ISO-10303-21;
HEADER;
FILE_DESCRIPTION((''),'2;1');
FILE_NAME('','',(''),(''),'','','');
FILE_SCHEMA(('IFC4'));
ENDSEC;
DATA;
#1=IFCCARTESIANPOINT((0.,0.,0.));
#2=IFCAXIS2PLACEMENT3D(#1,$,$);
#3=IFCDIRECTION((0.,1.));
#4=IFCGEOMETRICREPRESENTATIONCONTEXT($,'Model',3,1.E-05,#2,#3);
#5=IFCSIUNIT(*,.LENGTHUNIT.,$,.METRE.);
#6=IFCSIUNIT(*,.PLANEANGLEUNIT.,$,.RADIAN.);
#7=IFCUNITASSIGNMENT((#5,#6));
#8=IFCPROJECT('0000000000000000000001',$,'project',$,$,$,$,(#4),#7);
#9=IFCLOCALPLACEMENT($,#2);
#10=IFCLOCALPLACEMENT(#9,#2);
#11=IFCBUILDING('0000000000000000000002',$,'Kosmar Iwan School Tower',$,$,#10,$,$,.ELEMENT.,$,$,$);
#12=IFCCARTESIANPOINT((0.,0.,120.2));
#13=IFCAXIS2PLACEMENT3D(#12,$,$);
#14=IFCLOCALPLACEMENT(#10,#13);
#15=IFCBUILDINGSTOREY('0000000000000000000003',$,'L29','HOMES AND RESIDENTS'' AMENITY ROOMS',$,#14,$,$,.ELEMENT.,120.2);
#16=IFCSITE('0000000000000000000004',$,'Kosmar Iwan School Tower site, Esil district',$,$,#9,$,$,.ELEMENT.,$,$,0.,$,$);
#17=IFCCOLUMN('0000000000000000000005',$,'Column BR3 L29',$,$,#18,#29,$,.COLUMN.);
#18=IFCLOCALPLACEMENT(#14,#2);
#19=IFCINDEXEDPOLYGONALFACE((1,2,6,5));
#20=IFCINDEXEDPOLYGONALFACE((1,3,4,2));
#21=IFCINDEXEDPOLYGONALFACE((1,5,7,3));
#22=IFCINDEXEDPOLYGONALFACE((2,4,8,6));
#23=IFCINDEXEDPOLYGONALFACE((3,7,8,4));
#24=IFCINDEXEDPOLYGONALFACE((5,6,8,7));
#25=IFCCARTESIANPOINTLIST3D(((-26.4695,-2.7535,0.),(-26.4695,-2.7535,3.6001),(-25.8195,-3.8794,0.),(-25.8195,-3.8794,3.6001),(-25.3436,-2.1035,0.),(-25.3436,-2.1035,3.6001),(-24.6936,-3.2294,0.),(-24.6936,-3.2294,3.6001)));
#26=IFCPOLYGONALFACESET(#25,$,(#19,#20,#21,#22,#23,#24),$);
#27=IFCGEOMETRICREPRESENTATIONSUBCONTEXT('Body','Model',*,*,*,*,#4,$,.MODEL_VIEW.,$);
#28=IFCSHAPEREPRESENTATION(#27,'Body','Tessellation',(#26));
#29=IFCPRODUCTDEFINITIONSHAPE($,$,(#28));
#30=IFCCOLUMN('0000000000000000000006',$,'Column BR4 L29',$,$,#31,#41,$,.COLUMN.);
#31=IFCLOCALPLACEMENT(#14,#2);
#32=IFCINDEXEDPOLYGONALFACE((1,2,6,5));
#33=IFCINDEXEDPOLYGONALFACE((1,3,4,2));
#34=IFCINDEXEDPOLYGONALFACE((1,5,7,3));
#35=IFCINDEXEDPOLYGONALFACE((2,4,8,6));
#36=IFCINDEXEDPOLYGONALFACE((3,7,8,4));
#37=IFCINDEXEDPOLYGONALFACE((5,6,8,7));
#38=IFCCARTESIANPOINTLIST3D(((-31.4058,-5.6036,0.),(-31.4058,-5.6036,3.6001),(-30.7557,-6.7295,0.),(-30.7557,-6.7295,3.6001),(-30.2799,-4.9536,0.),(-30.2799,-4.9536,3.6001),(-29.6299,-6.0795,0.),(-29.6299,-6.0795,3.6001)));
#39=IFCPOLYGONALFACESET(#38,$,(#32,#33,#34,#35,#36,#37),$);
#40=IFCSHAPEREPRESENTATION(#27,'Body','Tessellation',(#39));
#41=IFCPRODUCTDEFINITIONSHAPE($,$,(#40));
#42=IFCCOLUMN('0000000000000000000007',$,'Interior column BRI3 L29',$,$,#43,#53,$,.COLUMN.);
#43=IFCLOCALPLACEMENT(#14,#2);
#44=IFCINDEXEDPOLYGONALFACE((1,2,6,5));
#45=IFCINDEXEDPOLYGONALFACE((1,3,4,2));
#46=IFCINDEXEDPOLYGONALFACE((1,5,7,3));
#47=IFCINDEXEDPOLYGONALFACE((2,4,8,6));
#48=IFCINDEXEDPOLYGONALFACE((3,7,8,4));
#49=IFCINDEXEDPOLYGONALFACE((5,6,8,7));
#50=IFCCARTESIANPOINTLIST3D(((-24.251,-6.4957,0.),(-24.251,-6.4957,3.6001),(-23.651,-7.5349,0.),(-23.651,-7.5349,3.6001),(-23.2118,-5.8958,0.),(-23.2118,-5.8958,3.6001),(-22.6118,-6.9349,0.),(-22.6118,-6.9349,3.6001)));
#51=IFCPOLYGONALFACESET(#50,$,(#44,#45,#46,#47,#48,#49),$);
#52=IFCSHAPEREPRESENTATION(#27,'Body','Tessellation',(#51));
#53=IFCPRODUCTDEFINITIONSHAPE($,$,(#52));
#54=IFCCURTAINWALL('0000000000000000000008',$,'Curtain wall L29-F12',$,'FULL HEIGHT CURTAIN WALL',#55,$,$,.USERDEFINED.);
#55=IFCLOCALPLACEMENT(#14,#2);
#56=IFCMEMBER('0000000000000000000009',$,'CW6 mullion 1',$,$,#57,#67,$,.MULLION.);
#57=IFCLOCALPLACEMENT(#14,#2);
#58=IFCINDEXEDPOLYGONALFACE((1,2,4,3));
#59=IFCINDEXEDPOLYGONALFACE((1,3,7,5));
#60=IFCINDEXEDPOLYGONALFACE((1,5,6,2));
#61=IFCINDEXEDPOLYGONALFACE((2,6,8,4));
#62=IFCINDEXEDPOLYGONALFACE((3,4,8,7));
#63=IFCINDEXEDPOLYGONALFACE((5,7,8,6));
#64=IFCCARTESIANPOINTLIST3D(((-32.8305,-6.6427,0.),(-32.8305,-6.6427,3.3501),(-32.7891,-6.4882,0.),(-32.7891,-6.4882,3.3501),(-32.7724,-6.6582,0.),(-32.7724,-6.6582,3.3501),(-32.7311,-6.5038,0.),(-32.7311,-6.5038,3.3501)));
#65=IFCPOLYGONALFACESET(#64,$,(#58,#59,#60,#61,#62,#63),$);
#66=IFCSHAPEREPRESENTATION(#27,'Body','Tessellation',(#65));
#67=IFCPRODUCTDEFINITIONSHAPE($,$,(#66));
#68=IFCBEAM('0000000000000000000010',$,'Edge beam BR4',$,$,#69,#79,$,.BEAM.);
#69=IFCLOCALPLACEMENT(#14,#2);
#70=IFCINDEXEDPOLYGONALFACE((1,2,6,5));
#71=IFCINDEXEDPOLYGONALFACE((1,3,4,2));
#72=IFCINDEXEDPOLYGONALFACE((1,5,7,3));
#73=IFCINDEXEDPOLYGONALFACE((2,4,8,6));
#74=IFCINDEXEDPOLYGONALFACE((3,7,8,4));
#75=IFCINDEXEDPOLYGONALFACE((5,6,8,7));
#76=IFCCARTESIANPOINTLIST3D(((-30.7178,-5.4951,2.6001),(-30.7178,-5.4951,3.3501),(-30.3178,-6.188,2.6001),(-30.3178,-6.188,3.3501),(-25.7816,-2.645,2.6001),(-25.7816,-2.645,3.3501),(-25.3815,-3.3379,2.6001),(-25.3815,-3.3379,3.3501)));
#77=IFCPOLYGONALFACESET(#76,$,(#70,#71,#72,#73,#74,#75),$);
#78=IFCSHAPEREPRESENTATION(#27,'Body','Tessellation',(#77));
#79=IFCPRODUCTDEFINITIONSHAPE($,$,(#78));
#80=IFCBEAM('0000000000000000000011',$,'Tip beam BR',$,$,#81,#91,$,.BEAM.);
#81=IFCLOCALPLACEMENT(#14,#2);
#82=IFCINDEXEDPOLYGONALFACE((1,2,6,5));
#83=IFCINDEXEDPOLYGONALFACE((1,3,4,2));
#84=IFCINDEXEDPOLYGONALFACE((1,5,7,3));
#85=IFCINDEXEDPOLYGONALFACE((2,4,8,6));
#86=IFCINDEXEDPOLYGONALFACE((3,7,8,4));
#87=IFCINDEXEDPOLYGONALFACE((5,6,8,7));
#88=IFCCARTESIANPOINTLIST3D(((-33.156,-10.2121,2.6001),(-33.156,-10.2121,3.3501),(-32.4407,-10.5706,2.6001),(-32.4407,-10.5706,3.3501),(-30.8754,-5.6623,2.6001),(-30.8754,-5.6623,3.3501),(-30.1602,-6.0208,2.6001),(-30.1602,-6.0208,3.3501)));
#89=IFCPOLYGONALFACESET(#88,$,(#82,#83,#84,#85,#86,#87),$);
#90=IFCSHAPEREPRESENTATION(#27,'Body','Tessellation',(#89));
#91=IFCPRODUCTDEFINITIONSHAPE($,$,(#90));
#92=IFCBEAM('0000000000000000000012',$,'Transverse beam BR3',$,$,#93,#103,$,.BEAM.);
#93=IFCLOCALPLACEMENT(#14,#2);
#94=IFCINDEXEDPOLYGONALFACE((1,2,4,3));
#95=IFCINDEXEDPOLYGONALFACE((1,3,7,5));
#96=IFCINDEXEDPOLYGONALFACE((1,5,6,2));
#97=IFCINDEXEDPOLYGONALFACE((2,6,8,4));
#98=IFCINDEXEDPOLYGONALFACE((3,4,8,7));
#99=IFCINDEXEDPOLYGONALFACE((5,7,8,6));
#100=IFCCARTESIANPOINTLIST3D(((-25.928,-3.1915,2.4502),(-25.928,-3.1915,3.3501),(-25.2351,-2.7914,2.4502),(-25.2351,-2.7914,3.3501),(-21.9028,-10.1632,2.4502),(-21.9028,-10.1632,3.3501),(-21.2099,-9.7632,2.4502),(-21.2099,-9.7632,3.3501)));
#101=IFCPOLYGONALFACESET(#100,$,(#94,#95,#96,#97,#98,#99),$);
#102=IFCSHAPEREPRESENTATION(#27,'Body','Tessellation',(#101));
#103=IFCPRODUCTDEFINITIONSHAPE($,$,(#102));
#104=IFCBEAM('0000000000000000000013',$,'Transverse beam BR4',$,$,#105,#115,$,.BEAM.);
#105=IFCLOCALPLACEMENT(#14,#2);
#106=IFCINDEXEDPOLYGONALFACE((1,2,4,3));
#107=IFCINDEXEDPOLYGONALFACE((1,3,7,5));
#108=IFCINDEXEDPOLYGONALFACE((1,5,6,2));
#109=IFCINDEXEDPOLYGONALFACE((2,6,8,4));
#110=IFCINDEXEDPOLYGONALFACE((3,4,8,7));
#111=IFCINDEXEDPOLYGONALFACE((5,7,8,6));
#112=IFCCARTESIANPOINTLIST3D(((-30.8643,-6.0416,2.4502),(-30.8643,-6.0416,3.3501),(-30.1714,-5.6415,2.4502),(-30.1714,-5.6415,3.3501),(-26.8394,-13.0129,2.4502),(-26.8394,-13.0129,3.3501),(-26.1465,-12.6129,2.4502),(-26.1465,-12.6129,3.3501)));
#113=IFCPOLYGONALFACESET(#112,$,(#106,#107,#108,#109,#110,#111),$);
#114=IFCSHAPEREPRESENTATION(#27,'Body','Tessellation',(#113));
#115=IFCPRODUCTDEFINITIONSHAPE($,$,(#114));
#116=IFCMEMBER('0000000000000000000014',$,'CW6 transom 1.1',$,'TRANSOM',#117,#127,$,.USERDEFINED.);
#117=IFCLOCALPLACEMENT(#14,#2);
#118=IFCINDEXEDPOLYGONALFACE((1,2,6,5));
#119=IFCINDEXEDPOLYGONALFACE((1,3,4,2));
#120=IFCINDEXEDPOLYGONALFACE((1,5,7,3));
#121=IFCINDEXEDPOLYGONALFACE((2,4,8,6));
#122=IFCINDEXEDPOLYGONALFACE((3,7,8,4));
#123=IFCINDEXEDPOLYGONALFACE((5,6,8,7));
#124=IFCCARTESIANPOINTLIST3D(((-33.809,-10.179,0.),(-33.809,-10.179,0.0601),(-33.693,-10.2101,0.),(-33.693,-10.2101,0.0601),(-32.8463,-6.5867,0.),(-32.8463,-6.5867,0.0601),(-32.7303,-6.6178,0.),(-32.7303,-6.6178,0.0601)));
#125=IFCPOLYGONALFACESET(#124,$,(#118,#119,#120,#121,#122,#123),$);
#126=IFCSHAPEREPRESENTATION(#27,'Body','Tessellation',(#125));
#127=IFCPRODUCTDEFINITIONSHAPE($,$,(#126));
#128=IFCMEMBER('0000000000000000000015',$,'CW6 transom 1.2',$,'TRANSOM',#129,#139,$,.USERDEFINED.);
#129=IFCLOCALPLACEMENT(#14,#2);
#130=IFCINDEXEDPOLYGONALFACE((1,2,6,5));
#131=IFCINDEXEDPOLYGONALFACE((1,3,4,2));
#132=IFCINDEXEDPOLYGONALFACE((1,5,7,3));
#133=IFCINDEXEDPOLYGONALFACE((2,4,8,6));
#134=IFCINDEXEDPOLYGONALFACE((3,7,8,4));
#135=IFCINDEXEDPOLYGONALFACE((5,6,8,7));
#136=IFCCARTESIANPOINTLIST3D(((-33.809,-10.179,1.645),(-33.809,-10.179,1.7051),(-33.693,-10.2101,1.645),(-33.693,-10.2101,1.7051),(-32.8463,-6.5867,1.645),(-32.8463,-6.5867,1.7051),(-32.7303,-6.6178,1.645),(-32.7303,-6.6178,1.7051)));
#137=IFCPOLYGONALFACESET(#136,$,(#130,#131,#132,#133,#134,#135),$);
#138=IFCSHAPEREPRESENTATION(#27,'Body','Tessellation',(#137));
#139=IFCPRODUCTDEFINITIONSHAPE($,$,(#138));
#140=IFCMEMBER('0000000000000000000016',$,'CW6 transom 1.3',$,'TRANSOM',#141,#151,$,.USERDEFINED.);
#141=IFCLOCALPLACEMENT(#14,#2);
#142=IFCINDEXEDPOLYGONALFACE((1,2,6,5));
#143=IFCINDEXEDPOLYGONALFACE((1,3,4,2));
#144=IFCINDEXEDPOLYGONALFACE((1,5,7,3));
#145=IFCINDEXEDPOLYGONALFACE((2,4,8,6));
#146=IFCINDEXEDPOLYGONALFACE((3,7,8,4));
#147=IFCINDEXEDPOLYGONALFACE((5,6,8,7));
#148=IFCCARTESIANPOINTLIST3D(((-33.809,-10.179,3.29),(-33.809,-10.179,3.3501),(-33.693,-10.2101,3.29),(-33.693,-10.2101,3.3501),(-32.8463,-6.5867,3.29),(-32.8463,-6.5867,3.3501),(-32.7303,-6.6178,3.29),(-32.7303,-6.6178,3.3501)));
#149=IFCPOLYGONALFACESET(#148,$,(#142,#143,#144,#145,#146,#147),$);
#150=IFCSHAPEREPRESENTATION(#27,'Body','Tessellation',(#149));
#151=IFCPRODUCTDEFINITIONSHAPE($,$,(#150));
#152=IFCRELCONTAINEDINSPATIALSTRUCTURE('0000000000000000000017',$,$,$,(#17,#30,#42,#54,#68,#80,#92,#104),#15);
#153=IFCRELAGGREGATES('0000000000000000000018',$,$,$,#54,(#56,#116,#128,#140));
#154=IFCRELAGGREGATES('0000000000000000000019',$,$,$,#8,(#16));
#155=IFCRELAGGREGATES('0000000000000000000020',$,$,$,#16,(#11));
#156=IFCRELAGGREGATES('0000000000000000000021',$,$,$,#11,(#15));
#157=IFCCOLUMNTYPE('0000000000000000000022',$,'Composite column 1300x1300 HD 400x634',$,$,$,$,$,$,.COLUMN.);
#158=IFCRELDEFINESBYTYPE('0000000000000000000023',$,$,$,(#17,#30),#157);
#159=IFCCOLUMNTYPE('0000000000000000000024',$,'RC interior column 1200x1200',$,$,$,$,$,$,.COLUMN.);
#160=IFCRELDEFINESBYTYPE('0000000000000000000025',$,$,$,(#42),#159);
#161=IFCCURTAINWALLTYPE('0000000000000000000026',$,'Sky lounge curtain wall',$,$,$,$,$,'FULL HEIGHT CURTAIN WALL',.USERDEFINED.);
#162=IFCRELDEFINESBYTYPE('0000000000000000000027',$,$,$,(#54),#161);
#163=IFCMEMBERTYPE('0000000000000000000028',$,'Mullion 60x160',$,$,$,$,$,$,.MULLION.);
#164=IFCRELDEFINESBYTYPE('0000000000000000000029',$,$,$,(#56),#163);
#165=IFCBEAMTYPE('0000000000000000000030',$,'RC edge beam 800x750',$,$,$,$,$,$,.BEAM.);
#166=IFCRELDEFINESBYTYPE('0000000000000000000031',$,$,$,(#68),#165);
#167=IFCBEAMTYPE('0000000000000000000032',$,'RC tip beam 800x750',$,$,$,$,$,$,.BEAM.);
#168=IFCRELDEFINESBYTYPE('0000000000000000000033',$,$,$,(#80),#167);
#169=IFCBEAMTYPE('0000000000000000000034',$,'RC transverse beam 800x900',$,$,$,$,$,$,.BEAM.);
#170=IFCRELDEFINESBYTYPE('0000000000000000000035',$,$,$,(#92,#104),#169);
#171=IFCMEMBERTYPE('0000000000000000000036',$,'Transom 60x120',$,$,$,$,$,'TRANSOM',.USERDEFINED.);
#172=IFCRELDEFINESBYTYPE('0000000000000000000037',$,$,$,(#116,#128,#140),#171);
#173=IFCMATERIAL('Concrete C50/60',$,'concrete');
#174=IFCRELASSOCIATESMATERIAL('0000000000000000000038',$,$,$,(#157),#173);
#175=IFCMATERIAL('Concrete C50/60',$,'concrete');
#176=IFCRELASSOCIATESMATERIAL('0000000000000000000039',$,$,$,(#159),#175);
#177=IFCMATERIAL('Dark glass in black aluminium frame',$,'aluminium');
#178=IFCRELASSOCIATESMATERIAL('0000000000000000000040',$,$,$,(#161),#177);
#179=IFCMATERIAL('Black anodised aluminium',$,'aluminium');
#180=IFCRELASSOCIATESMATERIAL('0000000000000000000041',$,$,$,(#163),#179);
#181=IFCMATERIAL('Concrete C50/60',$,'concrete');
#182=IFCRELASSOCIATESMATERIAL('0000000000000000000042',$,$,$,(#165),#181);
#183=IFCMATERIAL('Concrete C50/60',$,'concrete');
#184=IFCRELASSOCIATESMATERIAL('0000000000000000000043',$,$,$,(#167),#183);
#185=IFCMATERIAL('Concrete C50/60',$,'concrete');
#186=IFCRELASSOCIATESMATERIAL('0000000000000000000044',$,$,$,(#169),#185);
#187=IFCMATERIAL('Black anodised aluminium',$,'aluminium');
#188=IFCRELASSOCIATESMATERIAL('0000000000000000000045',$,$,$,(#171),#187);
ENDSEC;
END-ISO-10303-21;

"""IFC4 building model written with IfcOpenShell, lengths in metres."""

from ifc_helpers import new_model, si_unit, direction, frame, origin, origin_2d, place, context, subcontext, project, spatial, rectangle, extrude, material, material_profile, profile_set, type_object, element, aggregate, save


model = new_model("IFC4")

# Units and contexts
model_context = context("Model", 3, precision=1e-05, world=origin(), true_north=direction((0.0, 1.0)))
body_context = subcontext(model_context, "Body", "Model", "MODEL_VIEW")
ifc_project = project(units=[si_unit("LENGTHUNIT", "METRE"), si_unit("PLANEANGLEUNIT", "RADIAN")], contexts=[model_context])

# Site, building, storey
site_placement = place(None, origin())
site = spatial("IfcSite", under=ifc_project, at=site_placement, Name="Kosmar Iwan School Tower site, Esil district", CompositionType="ELEMENT", RefElevation=0.0)
building_placement = place(site_placement, origin())
building = spatial("IfcBuilding", under=site, at=building_placement, Name="Kosmar Iwan School Tower", CompositionType="ELEMENT")
storey_placement = place(building_placement, frame((0.0, 0.0, 120.2)))
storey = spatial("IfcBuildingStorey", under=building, at=storey_placement, Name="L29", Description="HOMES AND RESIDENTS' AMENITY ROOMS", CompositionType="ELEMENT", Elevation=120.2)

# Columns
ifc_material_1 = material(Name="Concrete C50/60", Category="concrete")
ifc_material_profile_1 = material_profile(ifc_material_1, rectangle(XDim=1.3, YDim=1.3, at=origin_2d()), Name="RC 1300x1300 + HD 400x634")
ifc_profile_set_1 = profile_set([ifc_material_profile_1], Name="Concrete C50/60")
column_type_1 = type_object("IfcColumnType", Name="Composite column 1300x1300 HD 400x634", PredefinedType="COLUMN", material=ifc_profile_set_1)
for number, where, z_axis, x_axis, name in (
    (1, (-25.5815, -2.9915, 0.0), (0.0, 0.0, 1.0), (-0.866025, -0.5, 0.0), "Column BR3 L29"),
    (2, (-30.5178, -5.8416, 0.0), (0.0, 0.0, 1.0), (-0.866025, -0.5, 0.0), "Column BR4 L29"),
):
    element("IfcColumn", number, at=place(storey_placement, frame(where, z_axis=z_axis, x_axis=x_axis)), inside=storey, type_object=column_type_1, Name=name, PredefinedType="COLUMN", context=body_context, shape_type="SweptSolid", body=[
        extrude(rectangle(XDim=1.3, YDim=1.3, at=origin_2d()), origin(), (0.0, 0.0, 1.0), 3.6001),
    ])
ifc_material_2 = material(Name="Concrete C50/60", Category="concrete")
ifc_material_profile_2 = material_profile(ifc_material_2, rectangle(XDim=1.2, YDim=1.2, at=origin_2d()), Name="RC 1200x1200")
ifc_profile_set_2 = profile_set([ifc_material_profile_2], Name="Concrete C50/60")
column_type_2 = type_object("IfcColumnType", Name="RC interior column 1200x1200", PredefinedType="COLUMN", material=ifc_profile_set_2)
column_placement = place(storey_placement, frame((-23.4314, -6.7153, 0.0), z_axis=(0.0, 0.0, 1.0), x_axis=(-0.866025, -0.5, 0.0)))
element("IfcColumn", 3, at=column_placement, inside=storey, type_object=column_type_2, Name="Interior column BRI3 L29", PredefinedType="COLUMN", context=body_context, shape_type="SweptSolid", body=[
    extrude(rectangle(XDim=1.2, YDim=1.2, at=origin_2d()), origin(), (0.0, 0.0, 1.0), 3.6001),
])

# Curtain wall, member
ifc_material_3 = material(Name="Dark glass in black aluminium frame", Category="aluminium")
curtain_wall_type = type_object("IfcCurtainWallType", Name="Sky lounge curtain wall", ElementType="FULL HEIGHT CURTAIN WALL", PredefinedType="USERDEFINED", material=ifc_material_3)
curtain_wall_placement = place(storey_placement, origin())
curtain_wall = element("IfcCurtainWall", 4, at=curtain_wall_placement, inside=storey, type_object=curtain_wall_type, Name="Curtain wall L29-F12", ObjectType="FULL HEIGHT CURTAIN WALL", PredefinedType="USERDEFINED")
ifc_material_4 = material(Name="Black anodised aluminium", Category="aluminium")
ifc_material_profile_3 = material_profile(ifc_material_4, rectangle(XDim=0.0601, YDim=0.1599, at=origin_2d()), Name="MULLION 60x160")
ifc_profile_set_3 = profile_set([ifc_material_profile_3], Name="Black anodised aluminium")
member_type_1 = type_object("IfcMemberType", Name="Mullion 60x160", PredefinedType="MULLION", material=ifc_profile_set_3)
member_1_placement = place(storey_placement, frame((-32.7808, -6.5732, 0.0), z_axis=(0.0, 0.0, 1.0), x_axis=(0.965926, -0.258819, 0.0)))
member_1 = element("IfcMember", 5, at=member_1_placement, type_object=member_type_1, Name="CW6 mullion 1", PredefinedType="MULLION", context=body_context, shape_type="SweptSolid", body=[
    extrude(rectangle(XDim=0.0601, YDim=0.1599, at=origin_2d()), origin(), (0.0, 0.0, 1.0), 3.3501),
])

# Beams
ifc_material_5 = material(Name="Concrete C50/60", Category="concrete")
ifc_material_profile_4 = material_profile(ifc_material_5, rectangle(XDim=0.8, YDim=0.75, at=origin_2d()), Name="RC 800x750")
ifc_profile_set_4 = profile_set([ifc_material_profile_4], Name="Concrete C50/60")
beam_type_1 = type_object("IfcBeamType", Name="RC edge beam 800x750", PredefinedType="BEAM", material=ifc_profile_set_4)
beam_1_placement = place(storey_placement, frame((-25.5815, -2.9915, 2.9751), z_axis=(-0.866015, -0.500018, 0.0), x_axis=(0.500018, -0.866015, 0.0)))
element("IfcBeam", 6, at=beam_1_placement, inside=storey, type_object=beam_type_1, Name="Edge beam BR4", PredefinedType="BEAM", context=body_context, shape_type="SweptSolid", body=[
    extrude(rectangle(XDim=0.8, YDim=0.75, at=origin_2d()), origin(), (0.0, 0.0, 1.0), 5.7),
])
ifc_material_6 = material(Name="Concrete C50/60", Category="concrete")
ifc_material_profile_5 = material_profile(ifc_material_6, rectangle(XDim=0.8, YDim=0.75, at=origin_2d()), Name="RC 800x750")
ifc_profile_set_5 = profile_set([ifc_material_profile_5], Name="Concrete C50/60")
beam_type_2 = type_object("IfcBeamType", Name="RC tip beam 800x750", PredefinedType="BEAM", material=ifc_profile_set_5)
beam_2_placement = place(storey_placement, frame((-30.5178, -5.8416, 2.9751), z_axis=(-0.448096, -0.893985, 0.0), x_axis=(0.893985, -0.448096, 0.0)))
element("IfcBeam", 7, at=beam_2_placement, inside=storey, type_object=beam_type_2, Name="Tip beam BR", PredefinedType="BEAM", context=body_context, shape_type="SweptSolid", body=[
    extrude(rectangle(XDim=0.8, YDim=0.75, at=origin_2d()), origin(), (0.0, 0.0, 1.0), 5.0894),
])
ifc_material_7 = material(Name="Concrete C50/60", Category="concrete")
ifc_material_profile_6 = material_profile(ifc_material_7, rectangle(XDim=0.8, YDim=0.8999, at=origin_2d()), Name="RC 800x900")
ifc_profile_set_6 = profile_set([ifc_material_profile_6], Name="Concrete C50/60")
beam_type_3 = type_object("IfcBeamType", Name="RC transverse beam 800x900", PredefinedType="BEAM", material=ifc_profile_set_6)
beam_3_placement = place(storey_placement, frame((-25.5815, -2.9915, 2.9001), z_axis=(0.500004, -0.866023, 0.0), x_axis=(0.866023, 0.500004, 0.0)))
element("IfcBeam", 8, at=beam_3_placement, inside=storey, type_object=beam_type_3, Name="Transverse beam BR3", PredefinedType="BEAM", context=body_context, shape_type="SweptSolid", body=[
    extrude(rectangle(XDim=0.8, YDim=0.8999, at=origin_2d()), origin(), (0.0, 0.0, 1.0), 8.0503),
])
beam_4_placement = place(storey_placement, frame((-30.5178, -5.8416, 2.9001), z_axis=(0.499995, -0.866029, 0.0), x_axis=(0.866029, 0.499995, 0.0)))
element("IfcBeam", 9, at=beam_4_placement, inside=storey, type_object=beam_type_3, Name="Transverse beam BR4", PredefinedType="BEAM", context=body_context, shape_type="SweptSolid", body=[
    extrude(rectangle(XDim=0.8, YDim=0.8999, at=origin_2d()), origin(), (0.0, 0.0, 1.0), 8.0498),
])

# Members
ifc_material_8 = material(Name="Black anodised aluminium", Category="aluminium")
ifc_material_profile_7 = material_profile(ifc_material_8, rectangle(XDim=0.1201, YDim=0.0601, at=origin_2d()), Name="TRANSOM 60x120")
ifc_profile_set_7 = profile_set([ifc_material_profile_7], Name="Black anodised aluminium")
member_type_2 = type_object("IfcMemberType", Name="Transom 60x120", ElementType="TRANSOM", PredefinedType="USERDEFINED", material=ifc_profile_set_7)
member_2_placement = place(storey_placement, frame((-32.7883, -6.6023, 0.03), z_axis=(-0.258843, -0.965919, 0.0), x_axis=(0.965919, -0.258843, 0.0)))
member_2 = element("IfcMember", 10, at=member_2_placement, type_object=member_type_2, Name="CW6 transom 1.1", ObjectType="TRANSOM", PredefinedType="USERDEFINED", context=body_context, shape_type="SweptSolid", body=[
    extrude(rectangle(XDim=0.1201, YDim=0.0601, at=origin_2d()), origin(), (0.0, 0.0, 1.0), 3.719),
])
member_3_placement = place(storey_placement, frame((-32.7883, -6.6023, 1.675), z_axis=(-0.258843, -0.965919, 0.0), x_axis=(0.965919, -0.258843, 0.0)))
member_3 = element("IfcMember", 11, at=member_3_placement, type_object=member_type_2, Name="CW6 transom 1.2", ObjectType="TRANSOM", PredefinedType="USERDEFINED", context=body_context, shape_type="SweptSolid", body=[
    extrude(rectangle(XDim=0.1201, YDim=0.0601, at=origin_2d()), origin(), (0.0, 0.0, 1.0), 3.719),
])
member_4_placement = place(storey_placement, frame((-32.7883, -6.6023, 3.3201), z_axis=(-0.258843, -0.965919, 0.0), x_axis=(0.965919, -0.258843, 0.0)))
member_4 = element("IfcMember", 12, at=member_4_placement, type_object=member_type_2, Name="CW6 transom 1.3", ObjectType="TRANSOM", PredefinedType="USERDEFINED", context=body_context, shape_type="SweptSolid", body=[
    extrude(rectangle(XDim=0.1201, YDim=0.0601, at=origin_2d()), origin(), (0.0, 0.0, 1.0), 3.719),
])
aggregate(curtain_wall, [member_1, member_2, member_3, member_4])

save(model, "model.ifc")
